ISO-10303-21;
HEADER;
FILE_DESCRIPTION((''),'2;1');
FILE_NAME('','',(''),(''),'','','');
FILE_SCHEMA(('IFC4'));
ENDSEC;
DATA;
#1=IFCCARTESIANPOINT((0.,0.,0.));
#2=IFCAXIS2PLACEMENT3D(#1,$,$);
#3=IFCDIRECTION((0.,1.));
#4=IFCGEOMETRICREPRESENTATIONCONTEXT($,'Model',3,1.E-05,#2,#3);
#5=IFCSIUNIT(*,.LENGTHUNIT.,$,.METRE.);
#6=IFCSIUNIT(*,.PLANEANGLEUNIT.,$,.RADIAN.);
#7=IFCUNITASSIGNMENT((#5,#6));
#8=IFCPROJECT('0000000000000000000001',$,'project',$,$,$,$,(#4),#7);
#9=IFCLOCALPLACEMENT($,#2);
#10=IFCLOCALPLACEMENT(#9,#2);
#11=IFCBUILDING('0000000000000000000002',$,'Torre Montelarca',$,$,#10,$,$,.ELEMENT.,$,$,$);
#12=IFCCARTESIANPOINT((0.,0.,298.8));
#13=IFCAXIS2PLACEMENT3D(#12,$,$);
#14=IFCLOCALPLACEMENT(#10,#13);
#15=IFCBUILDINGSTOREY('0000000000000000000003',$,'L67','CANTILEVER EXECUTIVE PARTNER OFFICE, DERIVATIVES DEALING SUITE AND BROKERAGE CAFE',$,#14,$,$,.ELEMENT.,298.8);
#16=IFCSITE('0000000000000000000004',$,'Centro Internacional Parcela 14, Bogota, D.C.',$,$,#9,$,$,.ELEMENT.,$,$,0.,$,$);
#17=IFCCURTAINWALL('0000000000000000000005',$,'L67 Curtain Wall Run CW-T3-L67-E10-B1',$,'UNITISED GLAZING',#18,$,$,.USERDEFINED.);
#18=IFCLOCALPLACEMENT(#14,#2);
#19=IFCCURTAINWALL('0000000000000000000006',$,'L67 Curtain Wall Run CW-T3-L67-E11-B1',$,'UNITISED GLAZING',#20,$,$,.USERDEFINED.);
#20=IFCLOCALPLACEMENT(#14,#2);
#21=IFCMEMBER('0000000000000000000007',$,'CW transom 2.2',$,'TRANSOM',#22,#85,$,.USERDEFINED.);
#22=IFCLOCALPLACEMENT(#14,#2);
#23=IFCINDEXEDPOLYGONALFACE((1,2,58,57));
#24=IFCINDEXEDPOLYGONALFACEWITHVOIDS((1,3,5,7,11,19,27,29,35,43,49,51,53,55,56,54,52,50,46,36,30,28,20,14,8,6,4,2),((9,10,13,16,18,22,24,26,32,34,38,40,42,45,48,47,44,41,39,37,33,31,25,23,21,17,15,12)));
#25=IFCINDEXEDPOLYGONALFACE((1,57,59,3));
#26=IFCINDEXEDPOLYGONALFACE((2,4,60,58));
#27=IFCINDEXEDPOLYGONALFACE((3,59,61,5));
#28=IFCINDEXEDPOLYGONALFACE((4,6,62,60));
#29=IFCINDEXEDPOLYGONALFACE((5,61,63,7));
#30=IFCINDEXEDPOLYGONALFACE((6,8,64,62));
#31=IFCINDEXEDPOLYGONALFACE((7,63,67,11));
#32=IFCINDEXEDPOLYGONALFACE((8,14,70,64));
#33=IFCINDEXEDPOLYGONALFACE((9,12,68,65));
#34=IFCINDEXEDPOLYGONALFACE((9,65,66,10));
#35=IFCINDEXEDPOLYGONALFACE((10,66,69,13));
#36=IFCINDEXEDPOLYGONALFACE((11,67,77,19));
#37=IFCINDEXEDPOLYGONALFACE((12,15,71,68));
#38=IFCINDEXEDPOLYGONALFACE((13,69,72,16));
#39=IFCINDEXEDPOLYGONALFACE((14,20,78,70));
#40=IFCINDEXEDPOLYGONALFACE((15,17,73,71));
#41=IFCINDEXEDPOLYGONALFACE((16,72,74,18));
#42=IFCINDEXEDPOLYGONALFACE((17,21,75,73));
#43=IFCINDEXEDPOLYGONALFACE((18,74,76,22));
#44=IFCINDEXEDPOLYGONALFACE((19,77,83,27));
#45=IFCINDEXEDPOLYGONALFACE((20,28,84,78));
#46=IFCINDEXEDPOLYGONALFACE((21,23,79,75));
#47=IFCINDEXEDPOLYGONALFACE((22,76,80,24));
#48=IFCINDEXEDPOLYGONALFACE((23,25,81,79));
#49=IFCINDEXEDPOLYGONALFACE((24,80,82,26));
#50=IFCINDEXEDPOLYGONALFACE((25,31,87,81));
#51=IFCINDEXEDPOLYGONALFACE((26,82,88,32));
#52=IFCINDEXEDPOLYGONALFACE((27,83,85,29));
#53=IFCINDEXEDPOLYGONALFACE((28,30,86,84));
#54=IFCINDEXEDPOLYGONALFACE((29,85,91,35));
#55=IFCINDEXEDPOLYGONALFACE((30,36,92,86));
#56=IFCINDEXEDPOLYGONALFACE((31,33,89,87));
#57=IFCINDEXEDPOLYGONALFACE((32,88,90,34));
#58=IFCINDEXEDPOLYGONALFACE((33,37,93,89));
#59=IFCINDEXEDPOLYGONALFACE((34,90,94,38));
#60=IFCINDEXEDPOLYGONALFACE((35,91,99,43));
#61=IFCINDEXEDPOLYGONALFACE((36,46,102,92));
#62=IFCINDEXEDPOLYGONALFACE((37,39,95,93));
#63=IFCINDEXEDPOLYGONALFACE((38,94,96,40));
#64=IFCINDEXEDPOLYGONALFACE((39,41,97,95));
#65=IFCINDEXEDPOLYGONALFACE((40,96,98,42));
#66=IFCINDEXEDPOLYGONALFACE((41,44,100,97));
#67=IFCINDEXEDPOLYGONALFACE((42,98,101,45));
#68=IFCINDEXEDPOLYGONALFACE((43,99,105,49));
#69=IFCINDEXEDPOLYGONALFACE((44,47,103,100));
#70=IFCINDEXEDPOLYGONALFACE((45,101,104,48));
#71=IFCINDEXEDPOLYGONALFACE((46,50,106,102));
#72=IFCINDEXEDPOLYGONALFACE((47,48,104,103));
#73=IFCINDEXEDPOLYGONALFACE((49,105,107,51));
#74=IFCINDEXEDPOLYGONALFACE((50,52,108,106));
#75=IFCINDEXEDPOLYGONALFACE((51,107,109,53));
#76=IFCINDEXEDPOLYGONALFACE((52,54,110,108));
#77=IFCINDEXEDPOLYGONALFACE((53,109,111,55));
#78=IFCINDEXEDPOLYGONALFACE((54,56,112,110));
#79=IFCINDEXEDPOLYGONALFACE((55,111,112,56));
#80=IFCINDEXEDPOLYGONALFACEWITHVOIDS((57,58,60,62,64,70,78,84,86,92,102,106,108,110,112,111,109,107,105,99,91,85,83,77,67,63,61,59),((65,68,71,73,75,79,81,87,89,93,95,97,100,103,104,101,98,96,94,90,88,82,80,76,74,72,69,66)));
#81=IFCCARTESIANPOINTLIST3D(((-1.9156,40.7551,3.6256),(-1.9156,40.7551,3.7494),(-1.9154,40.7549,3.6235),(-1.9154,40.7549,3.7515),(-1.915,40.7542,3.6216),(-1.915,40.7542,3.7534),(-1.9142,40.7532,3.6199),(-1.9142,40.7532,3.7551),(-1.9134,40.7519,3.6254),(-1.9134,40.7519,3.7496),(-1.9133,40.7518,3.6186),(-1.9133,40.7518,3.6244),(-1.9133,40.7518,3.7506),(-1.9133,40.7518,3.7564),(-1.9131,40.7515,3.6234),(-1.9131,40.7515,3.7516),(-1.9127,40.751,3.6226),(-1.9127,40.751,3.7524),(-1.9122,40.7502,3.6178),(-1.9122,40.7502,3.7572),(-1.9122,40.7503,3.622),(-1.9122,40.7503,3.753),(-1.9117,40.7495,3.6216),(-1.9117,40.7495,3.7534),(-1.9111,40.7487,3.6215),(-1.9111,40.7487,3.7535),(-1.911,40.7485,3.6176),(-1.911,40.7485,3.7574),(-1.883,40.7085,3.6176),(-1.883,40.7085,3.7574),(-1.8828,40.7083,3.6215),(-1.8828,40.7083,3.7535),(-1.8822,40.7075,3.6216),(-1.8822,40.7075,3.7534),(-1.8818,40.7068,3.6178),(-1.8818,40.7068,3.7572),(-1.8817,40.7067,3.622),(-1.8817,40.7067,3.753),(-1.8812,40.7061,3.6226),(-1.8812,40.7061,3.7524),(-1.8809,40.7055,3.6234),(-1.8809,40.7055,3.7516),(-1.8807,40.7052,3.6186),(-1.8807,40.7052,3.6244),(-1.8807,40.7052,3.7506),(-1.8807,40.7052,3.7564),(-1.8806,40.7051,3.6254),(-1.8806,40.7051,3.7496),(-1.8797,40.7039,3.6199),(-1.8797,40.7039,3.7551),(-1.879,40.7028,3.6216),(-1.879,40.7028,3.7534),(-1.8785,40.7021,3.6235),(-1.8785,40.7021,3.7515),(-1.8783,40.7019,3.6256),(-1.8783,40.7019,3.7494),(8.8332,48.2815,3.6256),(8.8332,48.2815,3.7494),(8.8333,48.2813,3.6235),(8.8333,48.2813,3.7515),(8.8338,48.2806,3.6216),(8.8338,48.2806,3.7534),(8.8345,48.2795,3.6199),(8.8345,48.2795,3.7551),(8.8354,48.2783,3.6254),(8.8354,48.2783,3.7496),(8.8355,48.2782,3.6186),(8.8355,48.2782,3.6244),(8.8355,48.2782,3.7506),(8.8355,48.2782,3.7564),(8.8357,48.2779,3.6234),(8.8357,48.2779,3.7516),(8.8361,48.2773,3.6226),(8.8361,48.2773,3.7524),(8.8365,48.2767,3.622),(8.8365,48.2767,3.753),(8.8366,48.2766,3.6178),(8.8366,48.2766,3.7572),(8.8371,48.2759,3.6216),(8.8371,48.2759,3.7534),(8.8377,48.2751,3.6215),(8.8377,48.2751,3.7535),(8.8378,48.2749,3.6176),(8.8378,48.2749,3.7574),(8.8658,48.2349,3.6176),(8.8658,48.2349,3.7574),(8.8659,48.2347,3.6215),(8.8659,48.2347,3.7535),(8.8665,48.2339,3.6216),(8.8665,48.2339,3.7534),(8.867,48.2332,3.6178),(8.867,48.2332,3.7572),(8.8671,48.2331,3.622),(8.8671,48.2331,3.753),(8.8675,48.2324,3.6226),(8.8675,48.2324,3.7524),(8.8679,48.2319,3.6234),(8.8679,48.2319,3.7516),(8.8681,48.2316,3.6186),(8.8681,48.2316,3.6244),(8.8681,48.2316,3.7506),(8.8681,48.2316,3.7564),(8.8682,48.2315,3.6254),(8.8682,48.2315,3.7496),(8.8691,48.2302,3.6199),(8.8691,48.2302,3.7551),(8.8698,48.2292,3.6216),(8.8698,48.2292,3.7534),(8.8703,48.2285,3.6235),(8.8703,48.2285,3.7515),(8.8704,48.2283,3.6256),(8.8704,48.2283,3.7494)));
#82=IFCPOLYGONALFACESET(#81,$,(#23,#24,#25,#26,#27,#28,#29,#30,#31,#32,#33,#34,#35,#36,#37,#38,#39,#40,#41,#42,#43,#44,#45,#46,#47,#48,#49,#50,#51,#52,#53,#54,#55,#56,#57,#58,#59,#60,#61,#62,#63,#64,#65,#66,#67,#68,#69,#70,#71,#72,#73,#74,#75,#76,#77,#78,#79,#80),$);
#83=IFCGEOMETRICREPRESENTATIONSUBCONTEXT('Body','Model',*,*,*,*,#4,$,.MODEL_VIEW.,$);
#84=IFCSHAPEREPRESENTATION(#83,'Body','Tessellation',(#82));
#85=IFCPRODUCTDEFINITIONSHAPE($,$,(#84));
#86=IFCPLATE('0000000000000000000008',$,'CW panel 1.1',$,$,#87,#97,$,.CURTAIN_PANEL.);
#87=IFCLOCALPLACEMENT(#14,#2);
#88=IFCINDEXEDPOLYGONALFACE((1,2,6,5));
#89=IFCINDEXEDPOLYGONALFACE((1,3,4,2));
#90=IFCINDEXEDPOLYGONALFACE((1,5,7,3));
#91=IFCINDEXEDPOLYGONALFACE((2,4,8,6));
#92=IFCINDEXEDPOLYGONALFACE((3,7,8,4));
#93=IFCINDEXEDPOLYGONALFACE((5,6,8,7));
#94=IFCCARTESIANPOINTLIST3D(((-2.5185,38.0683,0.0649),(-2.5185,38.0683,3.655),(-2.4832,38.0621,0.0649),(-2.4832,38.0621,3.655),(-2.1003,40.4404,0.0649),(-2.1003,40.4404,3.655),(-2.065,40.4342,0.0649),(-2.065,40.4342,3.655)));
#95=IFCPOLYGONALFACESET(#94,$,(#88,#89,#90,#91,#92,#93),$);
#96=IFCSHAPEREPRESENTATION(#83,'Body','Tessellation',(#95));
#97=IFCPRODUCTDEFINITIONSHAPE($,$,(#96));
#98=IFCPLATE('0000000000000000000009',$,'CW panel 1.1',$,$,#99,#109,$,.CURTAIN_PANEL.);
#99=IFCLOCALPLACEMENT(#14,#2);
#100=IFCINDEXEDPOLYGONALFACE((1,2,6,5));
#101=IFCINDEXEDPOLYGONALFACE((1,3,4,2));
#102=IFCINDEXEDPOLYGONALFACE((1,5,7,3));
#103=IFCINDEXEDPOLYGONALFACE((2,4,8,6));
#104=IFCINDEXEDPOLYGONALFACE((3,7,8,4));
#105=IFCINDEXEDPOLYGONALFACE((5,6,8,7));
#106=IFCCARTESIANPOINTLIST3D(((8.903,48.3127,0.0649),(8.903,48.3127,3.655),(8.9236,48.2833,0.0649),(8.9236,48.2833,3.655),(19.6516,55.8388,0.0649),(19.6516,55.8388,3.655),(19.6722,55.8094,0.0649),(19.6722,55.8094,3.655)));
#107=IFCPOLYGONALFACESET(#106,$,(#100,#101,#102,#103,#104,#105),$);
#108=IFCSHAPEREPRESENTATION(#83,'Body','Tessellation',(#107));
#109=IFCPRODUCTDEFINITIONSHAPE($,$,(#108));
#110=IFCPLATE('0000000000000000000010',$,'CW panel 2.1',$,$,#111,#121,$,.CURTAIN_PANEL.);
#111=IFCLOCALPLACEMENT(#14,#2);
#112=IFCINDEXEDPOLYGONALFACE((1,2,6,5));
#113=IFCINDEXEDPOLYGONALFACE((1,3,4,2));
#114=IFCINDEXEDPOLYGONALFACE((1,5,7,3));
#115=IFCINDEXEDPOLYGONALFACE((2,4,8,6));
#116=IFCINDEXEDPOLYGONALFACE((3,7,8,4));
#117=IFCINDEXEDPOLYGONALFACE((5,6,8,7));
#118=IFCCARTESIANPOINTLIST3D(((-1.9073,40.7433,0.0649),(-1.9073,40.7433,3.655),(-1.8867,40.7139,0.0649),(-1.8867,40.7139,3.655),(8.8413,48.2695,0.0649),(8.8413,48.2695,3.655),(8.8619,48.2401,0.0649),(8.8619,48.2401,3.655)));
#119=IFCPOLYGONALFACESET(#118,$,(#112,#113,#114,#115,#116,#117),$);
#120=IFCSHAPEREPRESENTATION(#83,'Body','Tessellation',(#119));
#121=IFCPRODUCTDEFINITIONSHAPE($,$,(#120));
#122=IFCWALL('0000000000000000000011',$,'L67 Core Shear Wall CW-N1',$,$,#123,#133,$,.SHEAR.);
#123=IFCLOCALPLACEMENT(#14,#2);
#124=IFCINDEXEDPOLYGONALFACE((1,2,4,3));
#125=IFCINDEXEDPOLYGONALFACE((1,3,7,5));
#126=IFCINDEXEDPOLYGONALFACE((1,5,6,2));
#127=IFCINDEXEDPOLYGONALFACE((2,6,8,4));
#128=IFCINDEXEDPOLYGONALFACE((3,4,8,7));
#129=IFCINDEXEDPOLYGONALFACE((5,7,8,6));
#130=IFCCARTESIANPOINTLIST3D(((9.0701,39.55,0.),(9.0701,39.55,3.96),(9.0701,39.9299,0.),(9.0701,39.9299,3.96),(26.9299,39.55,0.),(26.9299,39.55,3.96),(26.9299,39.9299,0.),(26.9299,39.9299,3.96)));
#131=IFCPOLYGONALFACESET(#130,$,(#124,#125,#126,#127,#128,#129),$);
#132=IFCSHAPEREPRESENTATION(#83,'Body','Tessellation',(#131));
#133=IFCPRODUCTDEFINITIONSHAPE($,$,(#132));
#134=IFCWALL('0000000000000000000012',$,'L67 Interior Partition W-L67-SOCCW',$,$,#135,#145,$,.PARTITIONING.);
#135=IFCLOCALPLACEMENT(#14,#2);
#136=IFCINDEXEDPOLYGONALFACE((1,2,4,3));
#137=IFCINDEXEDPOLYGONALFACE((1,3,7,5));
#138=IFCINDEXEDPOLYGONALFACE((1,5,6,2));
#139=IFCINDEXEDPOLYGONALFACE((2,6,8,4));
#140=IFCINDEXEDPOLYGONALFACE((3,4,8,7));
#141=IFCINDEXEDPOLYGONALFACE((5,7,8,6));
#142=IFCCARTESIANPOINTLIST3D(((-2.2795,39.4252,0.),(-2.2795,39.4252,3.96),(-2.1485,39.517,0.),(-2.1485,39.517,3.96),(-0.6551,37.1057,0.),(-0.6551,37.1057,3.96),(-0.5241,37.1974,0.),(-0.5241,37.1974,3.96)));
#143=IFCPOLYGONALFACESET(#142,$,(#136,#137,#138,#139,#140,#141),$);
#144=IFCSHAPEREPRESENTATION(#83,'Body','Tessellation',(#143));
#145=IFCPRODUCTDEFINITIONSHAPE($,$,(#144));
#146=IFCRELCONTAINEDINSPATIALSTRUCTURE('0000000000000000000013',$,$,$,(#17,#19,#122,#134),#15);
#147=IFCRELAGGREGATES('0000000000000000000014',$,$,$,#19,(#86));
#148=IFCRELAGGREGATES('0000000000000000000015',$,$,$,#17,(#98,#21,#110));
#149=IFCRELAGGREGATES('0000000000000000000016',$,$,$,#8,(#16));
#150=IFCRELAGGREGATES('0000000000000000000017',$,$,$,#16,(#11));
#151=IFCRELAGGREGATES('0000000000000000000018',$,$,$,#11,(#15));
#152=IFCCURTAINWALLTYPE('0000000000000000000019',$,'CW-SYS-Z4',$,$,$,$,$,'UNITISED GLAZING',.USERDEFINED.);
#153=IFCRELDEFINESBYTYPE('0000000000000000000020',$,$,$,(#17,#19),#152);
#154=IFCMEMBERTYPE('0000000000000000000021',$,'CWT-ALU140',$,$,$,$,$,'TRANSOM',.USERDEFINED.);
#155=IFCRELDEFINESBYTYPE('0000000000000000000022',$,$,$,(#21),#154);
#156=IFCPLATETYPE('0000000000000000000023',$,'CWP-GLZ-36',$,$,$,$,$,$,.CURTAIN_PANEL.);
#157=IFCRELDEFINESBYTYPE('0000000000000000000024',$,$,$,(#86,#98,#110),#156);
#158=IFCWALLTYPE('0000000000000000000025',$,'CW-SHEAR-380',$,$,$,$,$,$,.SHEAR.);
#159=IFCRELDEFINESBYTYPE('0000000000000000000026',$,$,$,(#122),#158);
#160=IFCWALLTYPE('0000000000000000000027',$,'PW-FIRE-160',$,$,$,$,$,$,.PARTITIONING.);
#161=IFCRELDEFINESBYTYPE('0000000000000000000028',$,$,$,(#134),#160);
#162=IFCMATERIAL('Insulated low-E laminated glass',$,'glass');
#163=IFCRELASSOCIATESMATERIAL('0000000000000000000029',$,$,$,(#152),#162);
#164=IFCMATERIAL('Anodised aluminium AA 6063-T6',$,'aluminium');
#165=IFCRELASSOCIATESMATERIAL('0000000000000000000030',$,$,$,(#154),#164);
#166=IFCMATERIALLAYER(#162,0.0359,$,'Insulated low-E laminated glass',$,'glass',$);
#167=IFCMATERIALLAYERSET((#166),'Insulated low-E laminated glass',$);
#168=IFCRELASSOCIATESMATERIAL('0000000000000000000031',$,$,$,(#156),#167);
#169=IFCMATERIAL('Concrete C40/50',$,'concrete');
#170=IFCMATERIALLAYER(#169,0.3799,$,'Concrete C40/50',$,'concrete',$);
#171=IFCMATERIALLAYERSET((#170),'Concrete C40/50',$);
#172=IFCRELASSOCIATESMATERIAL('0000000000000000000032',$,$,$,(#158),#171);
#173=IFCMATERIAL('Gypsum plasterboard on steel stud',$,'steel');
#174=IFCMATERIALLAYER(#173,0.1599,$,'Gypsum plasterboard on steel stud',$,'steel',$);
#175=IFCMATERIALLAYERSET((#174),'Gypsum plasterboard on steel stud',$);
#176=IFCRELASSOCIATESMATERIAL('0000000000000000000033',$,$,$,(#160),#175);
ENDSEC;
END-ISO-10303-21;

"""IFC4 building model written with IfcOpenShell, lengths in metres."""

from ifc_helpers import new_model, si_unit, direction, frame, frame_2d, origin, origin_2d, place, context, subcontext, project, spatial, rectangle, hollow_rectangle, extrude, source, transform, mapped, material, layer, layer_set, material_profile, profile_set, type_object, element, aggregate, save


model = new_model("IFC4")

# Units and contexts
model_context = context("Model", 3, precision=1e-05, world=origin(), true_north=direction((0.0, 1.0)))
body_context = subcontext(model_context, "Body", "Model", "MODEL_VIEW")
ifc_project = project(units=[si_unit("LENGTHUNIT", "METRE"), si_unit("PLANEANGLEUNIT", "RADIAN")], contexts=[model_context])

# Site, building, storey
site_placement = place(None, origin())
site = spatial("IfcSite", under=ifc_project, at=site_placement, Name="Centro Internacional Parcela 14, Bogota, D.C.", CompositionType="ELEMENT", RefElevation=0.0)
building_placement = place(site_placement, origin())
building = spatial("IfcBuilding", under=site, at=building_placement, Name="Torre Montelarca", CompositionType="ELEMENT")
storey_placement = place(building_placement, frame((0.0, 0.0, 298.8)))
storey = spatial("IfcBuildingStorey", under=building, at=storey_placement, Name="L67", Description="CANTILEVER EXECUTIVE PARTNER OFFICE, DERIVATIVES DEALING SUITE AND BROKERAGE CAFE", CompositionType="ELEMENT", Elevation=298.8)

# Shared definitions
ifc_material_1 = material(Name="Concrete C40/50", Category="concrete")

# Curtain walls
ifc_material_2 = material(Name="Insulated low-E laminated glass", Category="glass")
curtain_wall_type = type_object("IfcCurtainWallType", Name="CW-SYS-Z4", ElementType="UNITISED GLAZING", PredefinedType="USERDEFINED", material=ifc_material_2)
curtain_wall_1_placement = place(storey_placement, origin())
curtain_wall_1 = element("IfcCurtainWall", 1, at=curtain_wall_1_placement, inside=storey, type_object=curtain_wall_type, Name="L67 Curtain Wall Run CW-T3-L67-E10-B1", ObjectType="UNITISED GLAZING", PredefinedType="USERDEFINED")
ifc_material_3 = material(Name="Anodised aluminium AA 6063-T6", Category="aluminium")
curtain_wall_2_placement = place(storey_placement, origin())
curtain_wall_2 = element("IfcCurtainWall", 2, at=curtain_wall_2_placement, inside=storey, type_object=curtain_wall_type, Name="L67 Curtain Wall Run CW-T3-L67-E11-B1", ObjectType="UNITISED GLAZING", PredefinedType="USERDEFINED")
ifc_material_profile_1 = material_profile(ifc_material_3, hollow_rectangle(XDim=0.0649, YDim=0.1399, WallThickness=0.0039, InnerFilletRadius=0.0039, OuterFilletRadius=0.0081, at=origin_2d()), Name="ALU65X140X4", Category="aluminium")
ifc_profile_set_1 = profile_set([ifc_material_profile_1], Name="Anodised aluminium AA 6063-T6")
member_type_1 = type_object("IfcMemberType", Name="CWT-ALU140", ElementType="TRANSOM", PredefinedType="USERDEFINED", material=ifc_profile_set_1)

# Member
shared_shape_1 = source(origin(), body_context, "Body", "SweptSolid", [
    extrude(hollow_rectangle(XDim=0.0649, YDim=0.1399, WallThickness=0.0039, InnerFilletRadius=0.0039, OuterFilletRadius=0.0081, at=origin_2d()), origin(), (0.0, 0.0, 1.0), 13.1218),
])
member_1_placement = place(storey_placement, frame((8.8518, 48.2549, 3.6875), z_axis=(-0.819152, -0.573576, 0.0), x_axis=(0.573576, -0.819152, 0.0)))
member_1 = element("IfcMember", 3, at=member_1_placement, type_object=member_type_1, Name="CW transom 2.2", ObjectType="TRANSOM", PredefinedType="USERDEFINED", context=body_context, shape_type="MappedRepresentation", body=[
    mapped(shared_shape_1, transform((0.0, 0.0, 0.0), scale=1.0)),
])

# Plates
ifc_layer_1 = layer(ifc_material_2, 0.0359, Name="Insulated low-E laminated glass", Category="glass")
ifc_layer_set_1 = layer_set([ifc_layer_1], Name="Insulated low-E laminated glass")
plate_type = type_object("IfcPlateType", Name="CWP-GLZ-36", PredefinedType="CURTAIN_PANEL", material=ifc_layer_set_1)
shared_shape_2 = source(origin(), body_context, "Body", "SweptSolid", [
    extrude(rectangle(XDim=2.4087, YDim=0.0359, at=origin_2d()), origin(), (0.0, 0.0, 1.0), 3.5901),
])
plate_1_placement = place(storey_placement, frame((-2.2917, 39.2512, 0.0649), z_axis=(0.0, 0.0, 1.0), x_axis=(-0.173635, -0.98481, 0.0)))
plate_1 = element("IfcPlate", 4, at=plate_1_placement, type_object=plate_type, Name="CW panel 1.1", PredefinedType="CURTAIN_PANEL", context=body_context, shape_type="MappedRepresentation", body=[
    mapped(shared_shape_2, transform((0.0, 0.0, 0.0), scale=1.0)),
])
aggregate(curtain_wall_2, [plate_1])
shared_shape_3 = source(origin(), body_context, "Body", "SweptSolid", [
    extrude(rectangle(XDim=13.1216, YDim=0.0359, at=origin_2d()), origin(), (0.0, 0.0, 1.0), 3.5901),
])
plate_2_placement = place(storey_placement, frame((14.2876, 52.061, 0.0649), z_axis=(0.0, 0.0, 1.0), x_axis=(-0.819155, -0.573572, 0.0)))
plate_2 = element("IfcPlate", 5, at=plate_2_placement, type_object=plate_type, Name="CW panel 1.1", PredefinedType="CURTAIN_PANEL", context=body_context, shape_type="MappedRepresentation", body=[
    mapped(shared_shape_3, transform((0.0, 0.0, 0.0), scale=1.0)),
])
plate_3_placement = place(storey_placement, frame((3.4773, 44.4917, 0.0649), z_axis=(0.0, 0.0, 1.0), x_axis=(-0.819155, -0.573572, 0.0)))
plate_3 = element("IfcPlate", 6, at=plate_3_placement, type_object=plate_type, Name="CW panel 2.1", PredefinedType="CURTAIN_PANEL", context=body_context, shape_type="MappedRepresentation", body=[
    mapped(shared_shape_3, transform((0.0, 0.0, 0.0), scale=1.0)),
])
aggregate(curtain_wall_1, [plate_2, member_1, plate_3])

# Walls
ifc_layer_2 = layer(ifc_material_1, 0.3799, Name="Concrete C40/50", Category="concrete")
ifc_layer_set_2 = layer_set([ifc_layer_2], Name="Concrete C40/50")
wall_type_1 = type_object("IfcWallType", Name="CW-SHEAR-380", PredefinedType="SHEAR", material=ifc_layer_set_2)
wall_1_placement = place(storey_placement, frame((9.0701, 39.74, 0.0), z_axis=(0.0, 0.0, 1.0), x_axis=(1.0, 0.0, 0.0)))
element("IfcWall", 7, at=wall_1_placement, inside=storey, type_object=wall_type_1, Name="L67 Core Shear Wall CW-N1", PredefinedType="SHEAR", context=body_context, shape_type="SweptSolid", body=[
    extrude(rectangle(XDim=17.8599, YDim=0.3799, at=frame_2d((8.9299, 0.0))), origin(), (0.0, 0.0, 1.0), 3.96),
])
ifc_material_4 = material(Name="Gypsum plasterboard on steel stud", Category="steel")
ifc_layer_3 = layer(ifc_material_4, 0.1599, Name="Gypsum plasterboard on steel stud", Category="steel")
ifc_layer_set_3 = layer_set([ifc_layer_3], Name="Gypsum plasterboard on steel stud")
wall_type_2 = type_object("IfcWallType", Name="PW-FIRE-160", PredefinedType="PARTITIONING", material=ifc_layer_set_3)
wall_2_placement = place(storey_placement, frame((-2.2141, 39.4712, 0.0), z_axis=(0.0, 0.0, 1.0), x_axis=(0.573653, -0.819098, 0.0)))
element("IfcWall", 8, at=wall_2_placement, inside=storey, type_object=wall_type_2, Name="L67 Interior Partition W-L67-SOCCW", PredefinedType="PARTITIONING", context=body_context, shape_type="SweptSolid", body=[
    extrude(rectangle(XDim=2.8318, YDim=0.1599, at=frame_2d((1.416, 0.0))), origin(), (0.0, 0.0, 1.0), 3.96),
])

save(model, "model.ifc")
